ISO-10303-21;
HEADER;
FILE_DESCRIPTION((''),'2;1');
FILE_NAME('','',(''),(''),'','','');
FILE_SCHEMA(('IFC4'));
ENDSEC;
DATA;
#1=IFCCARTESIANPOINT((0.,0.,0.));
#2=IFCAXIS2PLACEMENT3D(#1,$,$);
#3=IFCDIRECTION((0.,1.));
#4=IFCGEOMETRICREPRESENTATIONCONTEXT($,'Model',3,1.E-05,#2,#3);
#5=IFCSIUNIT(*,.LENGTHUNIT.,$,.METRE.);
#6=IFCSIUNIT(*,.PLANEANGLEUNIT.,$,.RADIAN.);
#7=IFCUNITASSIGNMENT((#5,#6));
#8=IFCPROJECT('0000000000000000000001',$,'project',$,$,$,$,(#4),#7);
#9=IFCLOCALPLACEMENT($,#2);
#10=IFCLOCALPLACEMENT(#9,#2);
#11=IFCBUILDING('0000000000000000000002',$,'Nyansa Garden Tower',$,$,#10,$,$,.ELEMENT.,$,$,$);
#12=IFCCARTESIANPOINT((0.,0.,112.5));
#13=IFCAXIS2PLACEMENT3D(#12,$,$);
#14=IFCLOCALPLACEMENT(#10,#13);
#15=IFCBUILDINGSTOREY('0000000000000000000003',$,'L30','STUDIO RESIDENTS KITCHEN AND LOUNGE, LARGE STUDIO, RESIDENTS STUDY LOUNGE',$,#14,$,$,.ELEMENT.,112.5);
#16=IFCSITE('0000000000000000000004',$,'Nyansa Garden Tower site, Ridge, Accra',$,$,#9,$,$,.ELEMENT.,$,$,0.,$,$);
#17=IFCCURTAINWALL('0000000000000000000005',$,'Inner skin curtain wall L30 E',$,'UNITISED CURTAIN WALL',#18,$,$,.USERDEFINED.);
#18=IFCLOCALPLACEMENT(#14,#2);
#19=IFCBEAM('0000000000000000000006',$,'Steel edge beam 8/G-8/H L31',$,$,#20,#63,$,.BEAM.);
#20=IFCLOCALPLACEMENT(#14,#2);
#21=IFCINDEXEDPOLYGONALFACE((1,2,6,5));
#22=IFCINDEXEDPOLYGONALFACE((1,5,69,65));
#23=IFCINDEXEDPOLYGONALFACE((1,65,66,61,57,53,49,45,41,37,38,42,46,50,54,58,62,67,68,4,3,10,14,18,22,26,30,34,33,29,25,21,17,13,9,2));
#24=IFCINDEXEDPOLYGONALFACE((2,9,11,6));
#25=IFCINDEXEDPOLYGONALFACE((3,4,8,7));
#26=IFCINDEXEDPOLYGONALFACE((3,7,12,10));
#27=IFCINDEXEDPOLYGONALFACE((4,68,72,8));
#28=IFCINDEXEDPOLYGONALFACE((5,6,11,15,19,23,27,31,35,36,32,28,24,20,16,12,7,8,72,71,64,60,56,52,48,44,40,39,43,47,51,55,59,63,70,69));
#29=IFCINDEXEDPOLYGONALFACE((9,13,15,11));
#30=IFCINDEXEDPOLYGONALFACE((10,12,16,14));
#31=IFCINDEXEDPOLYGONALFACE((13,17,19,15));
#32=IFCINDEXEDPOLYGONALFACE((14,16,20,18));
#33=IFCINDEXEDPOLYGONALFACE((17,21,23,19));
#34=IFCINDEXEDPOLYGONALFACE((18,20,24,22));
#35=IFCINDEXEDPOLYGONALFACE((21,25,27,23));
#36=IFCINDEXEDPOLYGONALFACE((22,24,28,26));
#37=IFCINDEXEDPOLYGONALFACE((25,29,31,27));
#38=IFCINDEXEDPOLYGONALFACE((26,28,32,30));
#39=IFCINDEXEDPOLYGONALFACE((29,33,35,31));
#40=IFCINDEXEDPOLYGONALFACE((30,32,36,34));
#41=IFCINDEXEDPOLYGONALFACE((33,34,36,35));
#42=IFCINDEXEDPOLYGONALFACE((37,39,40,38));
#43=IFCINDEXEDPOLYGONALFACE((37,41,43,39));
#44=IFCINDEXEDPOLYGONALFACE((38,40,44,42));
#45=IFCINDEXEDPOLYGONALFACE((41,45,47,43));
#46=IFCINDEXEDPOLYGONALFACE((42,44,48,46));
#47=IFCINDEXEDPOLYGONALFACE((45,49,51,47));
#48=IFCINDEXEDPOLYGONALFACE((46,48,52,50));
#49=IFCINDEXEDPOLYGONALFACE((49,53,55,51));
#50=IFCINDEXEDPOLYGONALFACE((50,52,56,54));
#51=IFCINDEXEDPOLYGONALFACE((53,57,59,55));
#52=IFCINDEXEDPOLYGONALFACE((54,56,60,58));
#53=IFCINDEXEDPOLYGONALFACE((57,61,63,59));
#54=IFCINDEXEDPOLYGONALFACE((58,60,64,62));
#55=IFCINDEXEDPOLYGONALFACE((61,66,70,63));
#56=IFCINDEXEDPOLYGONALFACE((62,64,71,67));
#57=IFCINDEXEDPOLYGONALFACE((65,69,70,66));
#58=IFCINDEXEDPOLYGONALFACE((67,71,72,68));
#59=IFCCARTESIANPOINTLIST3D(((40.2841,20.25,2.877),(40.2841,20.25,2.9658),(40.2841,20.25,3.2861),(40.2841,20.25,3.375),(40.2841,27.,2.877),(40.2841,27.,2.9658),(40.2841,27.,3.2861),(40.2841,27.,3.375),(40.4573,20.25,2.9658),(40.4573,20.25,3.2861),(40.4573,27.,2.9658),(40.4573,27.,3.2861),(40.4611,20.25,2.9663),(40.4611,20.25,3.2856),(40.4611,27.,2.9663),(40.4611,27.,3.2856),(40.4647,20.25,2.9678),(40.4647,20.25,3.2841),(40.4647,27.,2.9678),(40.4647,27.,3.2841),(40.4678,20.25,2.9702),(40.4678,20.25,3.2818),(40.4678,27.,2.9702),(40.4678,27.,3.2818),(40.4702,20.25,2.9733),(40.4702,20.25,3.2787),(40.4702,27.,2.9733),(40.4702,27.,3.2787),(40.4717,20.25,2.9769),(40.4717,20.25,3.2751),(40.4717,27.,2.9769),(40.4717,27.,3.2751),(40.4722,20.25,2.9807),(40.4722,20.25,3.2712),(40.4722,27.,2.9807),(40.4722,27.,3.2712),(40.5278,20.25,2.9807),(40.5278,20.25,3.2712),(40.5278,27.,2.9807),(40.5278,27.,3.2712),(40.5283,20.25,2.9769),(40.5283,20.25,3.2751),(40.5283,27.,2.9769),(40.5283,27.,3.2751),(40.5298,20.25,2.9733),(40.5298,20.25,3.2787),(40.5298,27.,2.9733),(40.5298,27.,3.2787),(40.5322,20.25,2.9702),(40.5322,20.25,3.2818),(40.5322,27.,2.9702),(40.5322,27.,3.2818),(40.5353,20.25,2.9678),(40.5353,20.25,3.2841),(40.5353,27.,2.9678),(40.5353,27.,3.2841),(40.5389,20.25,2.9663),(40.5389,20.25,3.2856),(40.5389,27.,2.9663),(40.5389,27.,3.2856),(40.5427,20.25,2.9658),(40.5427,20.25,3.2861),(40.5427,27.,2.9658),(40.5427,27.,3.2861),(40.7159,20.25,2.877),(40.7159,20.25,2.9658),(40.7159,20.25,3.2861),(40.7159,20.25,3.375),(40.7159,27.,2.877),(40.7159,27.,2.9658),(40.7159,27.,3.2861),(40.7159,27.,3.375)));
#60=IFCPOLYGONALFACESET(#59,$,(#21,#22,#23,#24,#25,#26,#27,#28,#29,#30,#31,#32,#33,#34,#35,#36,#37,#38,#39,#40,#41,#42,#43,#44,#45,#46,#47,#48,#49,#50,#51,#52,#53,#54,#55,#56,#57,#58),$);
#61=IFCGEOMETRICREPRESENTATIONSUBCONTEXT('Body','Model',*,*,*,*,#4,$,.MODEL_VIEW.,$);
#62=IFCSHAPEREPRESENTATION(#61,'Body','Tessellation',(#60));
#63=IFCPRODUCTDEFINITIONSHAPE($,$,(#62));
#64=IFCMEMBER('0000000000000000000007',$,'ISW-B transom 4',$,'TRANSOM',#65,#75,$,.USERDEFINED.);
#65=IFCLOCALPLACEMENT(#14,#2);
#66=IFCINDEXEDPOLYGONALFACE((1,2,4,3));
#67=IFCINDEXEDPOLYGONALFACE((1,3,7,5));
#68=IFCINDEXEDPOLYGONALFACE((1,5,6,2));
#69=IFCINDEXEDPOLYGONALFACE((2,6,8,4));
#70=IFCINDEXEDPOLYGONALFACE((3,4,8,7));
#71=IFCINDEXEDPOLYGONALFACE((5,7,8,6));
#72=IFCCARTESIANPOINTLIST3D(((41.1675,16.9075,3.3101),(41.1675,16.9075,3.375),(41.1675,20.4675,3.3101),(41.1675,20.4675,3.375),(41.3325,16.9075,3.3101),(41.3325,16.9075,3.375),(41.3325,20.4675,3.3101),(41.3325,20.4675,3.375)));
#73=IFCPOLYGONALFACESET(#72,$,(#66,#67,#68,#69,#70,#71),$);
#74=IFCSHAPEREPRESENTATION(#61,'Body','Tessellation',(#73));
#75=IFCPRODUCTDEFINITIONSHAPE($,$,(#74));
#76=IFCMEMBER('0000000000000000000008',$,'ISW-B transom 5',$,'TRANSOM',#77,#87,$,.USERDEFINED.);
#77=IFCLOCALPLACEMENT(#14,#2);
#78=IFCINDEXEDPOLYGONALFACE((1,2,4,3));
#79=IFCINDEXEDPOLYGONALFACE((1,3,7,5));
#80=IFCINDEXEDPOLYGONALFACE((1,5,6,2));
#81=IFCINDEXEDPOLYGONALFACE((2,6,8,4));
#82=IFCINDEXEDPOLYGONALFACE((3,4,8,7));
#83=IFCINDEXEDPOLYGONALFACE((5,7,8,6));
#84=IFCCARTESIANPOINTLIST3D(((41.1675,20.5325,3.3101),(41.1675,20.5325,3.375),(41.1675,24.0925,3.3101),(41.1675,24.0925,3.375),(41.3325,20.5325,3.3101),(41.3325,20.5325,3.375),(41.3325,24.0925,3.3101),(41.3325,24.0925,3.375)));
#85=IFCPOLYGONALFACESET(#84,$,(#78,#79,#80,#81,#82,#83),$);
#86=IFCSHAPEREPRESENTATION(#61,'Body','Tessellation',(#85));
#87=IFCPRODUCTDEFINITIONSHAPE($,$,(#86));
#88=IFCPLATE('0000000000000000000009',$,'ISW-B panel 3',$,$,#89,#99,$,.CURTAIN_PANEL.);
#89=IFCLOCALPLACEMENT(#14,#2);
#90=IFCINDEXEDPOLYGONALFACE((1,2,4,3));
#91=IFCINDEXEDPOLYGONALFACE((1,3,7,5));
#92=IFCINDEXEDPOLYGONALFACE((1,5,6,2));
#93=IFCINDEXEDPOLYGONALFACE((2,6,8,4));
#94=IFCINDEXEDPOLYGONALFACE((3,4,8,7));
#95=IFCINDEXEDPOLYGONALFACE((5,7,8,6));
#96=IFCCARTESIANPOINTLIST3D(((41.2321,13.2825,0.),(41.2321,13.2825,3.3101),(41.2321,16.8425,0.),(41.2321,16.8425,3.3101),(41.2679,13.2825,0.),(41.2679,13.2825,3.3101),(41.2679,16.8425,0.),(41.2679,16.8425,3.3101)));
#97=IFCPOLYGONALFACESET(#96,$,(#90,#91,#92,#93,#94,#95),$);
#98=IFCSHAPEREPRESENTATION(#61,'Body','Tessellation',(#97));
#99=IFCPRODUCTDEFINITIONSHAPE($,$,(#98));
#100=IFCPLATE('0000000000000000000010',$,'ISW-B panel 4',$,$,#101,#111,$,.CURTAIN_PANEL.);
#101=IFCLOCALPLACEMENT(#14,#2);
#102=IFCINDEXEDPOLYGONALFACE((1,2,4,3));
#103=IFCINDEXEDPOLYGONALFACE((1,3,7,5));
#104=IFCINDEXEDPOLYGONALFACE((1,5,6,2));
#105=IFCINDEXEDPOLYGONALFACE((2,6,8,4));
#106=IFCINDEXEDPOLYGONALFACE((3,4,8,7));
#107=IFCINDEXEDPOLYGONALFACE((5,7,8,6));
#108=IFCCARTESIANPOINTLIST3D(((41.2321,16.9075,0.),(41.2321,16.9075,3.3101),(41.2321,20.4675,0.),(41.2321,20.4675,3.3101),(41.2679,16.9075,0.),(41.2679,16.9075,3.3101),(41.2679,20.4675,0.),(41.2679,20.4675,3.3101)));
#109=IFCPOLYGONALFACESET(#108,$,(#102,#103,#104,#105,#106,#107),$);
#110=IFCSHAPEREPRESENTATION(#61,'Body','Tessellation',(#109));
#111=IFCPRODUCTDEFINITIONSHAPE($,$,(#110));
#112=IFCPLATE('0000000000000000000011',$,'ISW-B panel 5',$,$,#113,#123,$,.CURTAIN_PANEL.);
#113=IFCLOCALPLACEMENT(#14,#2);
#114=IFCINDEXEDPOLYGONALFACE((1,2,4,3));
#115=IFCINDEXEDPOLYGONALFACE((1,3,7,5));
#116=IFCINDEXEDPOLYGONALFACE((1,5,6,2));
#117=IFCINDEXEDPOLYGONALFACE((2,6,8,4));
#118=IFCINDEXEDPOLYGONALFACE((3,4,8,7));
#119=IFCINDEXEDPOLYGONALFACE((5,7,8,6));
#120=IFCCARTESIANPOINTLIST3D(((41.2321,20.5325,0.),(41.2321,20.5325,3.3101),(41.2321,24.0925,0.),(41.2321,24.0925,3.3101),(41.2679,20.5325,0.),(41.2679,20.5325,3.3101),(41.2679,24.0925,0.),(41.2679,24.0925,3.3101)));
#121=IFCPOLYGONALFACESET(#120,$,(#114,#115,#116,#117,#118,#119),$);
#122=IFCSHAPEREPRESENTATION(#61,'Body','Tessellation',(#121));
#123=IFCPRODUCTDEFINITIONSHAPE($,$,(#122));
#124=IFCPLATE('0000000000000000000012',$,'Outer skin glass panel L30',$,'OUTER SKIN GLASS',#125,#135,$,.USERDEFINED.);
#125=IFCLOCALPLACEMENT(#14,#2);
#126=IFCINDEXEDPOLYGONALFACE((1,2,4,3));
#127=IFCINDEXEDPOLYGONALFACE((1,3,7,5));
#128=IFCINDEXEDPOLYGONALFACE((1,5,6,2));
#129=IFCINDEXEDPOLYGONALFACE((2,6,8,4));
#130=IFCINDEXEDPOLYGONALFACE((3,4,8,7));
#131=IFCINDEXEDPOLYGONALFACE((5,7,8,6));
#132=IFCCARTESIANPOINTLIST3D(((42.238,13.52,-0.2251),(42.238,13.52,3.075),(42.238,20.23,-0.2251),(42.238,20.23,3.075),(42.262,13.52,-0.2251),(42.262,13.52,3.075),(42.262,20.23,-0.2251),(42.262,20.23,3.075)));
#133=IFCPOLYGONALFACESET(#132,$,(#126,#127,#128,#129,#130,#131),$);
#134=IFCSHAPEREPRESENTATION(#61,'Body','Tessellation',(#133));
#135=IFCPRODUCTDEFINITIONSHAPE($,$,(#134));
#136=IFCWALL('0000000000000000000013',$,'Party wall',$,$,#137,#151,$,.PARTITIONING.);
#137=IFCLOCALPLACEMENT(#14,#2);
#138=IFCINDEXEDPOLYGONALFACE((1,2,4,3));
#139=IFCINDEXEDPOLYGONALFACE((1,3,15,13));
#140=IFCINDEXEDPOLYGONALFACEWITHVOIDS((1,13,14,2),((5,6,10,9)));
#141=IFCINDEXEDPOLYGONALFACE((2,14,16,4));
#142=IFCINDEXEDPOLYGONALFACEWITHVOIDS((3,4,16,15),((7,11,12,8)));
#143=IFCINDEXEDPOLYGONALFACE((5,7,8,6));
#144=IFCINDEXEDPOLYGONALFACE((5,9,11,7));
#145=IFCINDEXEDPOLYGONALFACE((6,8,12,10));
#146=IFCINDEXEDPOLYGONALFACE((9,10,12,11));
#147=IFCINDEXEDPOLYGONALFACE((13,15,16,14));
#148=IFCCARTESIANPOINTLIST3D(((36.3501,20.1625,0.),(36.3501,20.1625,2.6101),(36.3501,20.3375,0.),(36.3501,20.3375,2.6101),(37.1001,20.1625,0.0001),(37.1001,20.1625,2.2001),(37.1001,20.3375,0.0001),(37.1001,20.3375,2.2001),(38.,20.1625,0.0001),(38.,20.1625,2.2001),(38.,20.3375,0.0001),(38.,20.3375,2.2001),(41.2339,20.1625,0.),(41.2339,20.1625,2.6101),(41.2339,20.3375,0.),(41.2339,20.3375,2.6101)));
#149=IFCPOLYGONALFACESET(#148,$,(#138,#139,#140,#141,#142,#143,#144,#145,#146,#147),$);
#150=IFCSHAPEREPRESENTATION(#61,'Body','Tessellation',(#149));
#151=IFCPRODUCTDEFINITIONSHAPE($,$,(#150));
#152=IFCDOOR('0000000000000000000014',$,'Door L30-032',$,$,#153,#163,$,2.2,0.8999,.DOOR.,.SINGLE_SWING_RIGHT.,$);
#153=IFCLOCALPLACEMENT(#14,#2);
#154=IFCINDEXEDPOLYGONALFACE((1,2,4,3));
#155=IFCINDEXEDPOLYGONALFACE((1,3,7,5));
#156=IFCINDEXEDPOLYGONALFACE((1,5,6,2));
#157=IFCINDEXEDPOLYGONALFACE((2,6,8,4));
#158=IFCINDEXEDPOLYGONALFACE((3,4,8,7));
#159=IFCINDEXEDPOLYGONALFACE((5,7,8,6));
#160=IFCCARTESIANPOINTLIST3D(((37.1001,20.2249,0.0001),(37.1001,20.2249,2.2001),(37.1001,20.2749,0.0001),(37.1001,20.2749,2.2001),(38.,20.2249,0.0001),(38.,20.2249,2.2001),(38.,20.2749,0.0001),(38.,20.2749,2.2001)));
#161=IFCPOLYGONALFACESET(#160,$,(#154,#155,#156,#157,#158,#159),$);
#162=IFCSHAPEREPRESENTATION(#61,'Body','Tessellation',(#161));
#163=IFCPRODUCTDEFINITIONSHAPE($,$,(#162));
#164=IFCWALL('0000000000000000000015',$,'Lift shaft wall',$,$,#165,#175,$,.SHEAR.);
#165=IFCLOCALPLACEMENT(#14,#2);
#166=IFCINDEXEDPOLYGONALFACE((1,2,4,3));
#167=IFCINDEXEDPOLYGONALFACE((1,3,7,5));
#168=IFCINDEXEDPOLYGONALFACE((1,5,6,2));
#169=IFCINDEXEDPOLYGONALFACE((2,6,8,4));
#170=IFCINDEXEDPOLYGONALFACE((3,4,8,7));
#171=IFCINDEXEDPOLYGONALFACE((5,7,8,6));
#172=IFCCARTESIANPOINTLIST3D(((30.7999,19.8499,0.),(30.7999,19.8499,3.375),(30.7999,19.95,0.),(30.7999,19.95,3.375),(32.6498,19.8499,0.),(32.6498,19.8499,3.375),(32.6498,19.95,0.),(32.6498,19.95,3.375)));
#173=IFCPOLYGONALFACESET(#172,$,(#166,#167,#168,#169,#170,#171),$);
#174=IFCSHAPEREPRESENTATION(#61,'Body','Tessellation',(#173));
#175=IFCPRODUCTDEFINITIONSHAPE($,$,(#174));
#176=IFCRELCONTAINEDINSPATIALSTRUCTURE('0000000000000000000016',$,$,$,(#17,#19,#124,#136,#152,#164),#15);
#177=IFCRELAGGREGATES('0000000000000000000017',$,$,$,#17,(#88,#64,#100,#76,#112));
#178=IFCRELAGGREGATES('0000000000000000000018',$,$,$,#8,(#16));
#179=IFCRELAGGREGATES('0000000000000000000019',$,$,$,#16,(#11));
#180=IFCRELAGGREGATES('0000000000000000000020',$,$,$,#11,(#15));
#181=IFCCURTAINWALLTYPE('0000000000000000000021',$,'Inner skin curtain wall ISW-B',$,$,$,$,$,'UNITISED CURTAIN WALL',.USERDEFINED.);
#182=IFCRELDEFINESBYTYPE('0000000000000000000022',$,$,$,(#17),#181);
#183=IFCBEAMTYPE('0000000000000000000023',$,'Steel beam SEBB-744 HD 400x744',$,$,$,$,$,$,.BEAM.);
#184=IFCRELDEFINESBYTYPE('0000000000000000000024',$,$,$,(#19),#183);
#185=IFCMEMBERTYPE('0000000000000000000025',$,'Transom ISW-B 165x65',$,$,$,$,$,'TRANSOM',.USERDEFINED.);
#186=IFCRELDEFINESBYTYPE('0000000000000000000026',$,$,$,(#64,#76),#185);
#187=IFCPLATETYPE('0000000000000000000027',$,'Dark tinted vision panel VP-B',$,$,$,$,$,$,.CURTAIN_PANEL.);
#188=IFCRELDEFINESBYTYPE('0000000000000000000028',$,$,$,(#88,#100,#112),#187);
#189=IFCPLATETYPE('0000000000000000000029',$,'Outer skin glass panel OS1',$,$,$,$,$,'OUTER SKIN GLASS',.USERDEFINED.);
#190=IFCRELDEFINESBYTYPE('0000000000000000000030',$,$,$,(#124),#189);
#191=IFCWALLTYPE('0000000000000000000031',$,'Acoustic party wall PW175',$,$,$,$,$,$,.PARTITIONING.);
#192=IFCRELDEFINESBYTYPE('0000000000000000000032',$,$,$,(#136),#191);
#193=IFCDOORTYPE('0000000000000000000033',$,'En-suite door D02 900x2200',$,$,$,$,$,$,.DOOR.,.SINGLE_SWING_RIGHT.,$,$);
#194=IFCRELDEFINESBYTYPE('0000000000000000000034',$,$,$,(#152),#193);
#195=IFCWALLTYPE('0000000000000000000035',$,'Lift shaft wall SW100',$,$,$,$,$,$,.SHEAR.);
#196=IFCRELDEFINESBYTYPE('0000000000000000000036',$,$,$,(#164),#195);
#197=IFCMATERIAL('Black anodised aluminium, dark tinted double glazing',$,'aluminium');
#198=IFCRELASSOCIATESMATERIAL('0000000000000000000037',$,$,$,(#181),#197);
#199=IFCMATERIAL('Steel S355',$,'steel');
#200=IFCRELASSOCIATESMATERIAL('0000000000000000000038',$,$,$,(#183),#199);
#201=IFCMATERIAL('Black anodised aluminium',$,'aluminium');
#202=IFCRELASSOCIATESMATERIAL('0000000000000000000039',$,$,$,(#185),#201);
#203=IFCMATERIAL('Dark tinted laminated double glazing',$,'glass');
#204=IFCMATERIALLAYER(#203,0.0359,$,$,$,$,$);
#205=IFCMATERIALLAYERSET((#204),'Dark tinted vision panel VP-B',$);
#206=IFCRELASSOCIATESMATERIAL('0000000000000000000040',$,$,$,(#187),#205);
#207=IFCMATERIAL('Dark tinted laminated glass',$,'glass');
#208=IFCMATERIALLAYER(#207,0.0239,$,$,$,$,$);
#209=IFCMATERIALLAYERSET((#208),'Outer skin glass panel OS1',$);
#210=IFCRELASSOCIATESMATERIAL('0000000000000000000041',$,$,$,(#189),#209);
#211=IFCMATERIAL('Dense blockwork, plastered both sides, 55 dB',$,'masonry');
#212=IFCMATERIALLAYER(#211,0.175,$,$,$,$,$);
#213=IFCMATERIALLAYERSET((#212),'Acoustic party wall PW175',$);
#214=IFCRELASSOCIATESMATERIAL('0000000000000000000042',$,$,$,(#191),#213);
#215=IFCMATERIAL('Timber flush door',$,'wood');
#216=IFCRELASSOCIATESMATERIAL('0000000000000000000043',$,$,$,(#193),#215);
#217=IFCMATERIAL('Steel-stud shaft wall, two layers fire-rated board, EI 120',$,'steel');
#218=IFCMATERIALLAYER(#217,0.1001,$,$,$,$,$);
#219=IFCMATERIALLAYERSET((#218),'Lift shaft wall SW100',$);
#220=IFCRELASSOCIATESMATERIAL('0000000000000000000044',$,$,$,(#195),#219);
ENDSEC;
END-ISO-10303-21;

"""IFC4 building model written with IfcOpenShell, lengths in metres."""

from ifc_helpers import new_model, si_unit, direction, frame, frame_2d, origin, origin_2d, place, context, subcontext, project, spatial, rectangle, i_section, extrude, material, layer, layer_set, material_profile, profile_set, type_object, element, fill, aggregate, save


model = new_model("IFC4")

# Units and contexts
model_context = context("Model", 3, precision=1e-05, world=origin(), true_north=direction((0.0, 1.0)))
body_context = subcontext(model_context, "Body", "Model", "MODEL_VIEW")
ifc_project = project(units=[si_unit("LENGTHUNIT", "METRE"), si_unit("PLANEANGLEUNIT", "RADIAN")], contexts=[model_context])

# Site, building, storey
site_placement = place(None, origin())
site = spatial("IfcSite", under=ifc_project, at=site_placement, Name="Nyansa Garden Tower site, Ridge, Accra", CompositionType="ELEMENT", RefElevation=0.0)
building_placement = place(site_placement, origin())
building = spatial("IfcBuilding", under=site, at=building_placement, Name="Nyansa Garden Tower", CompositionType="ELEMENT")
storey_placement = place(building_placement, frame((0.0, 0.0, 112.5)))
storey = spatial("IfcBuildingStorey", under=building, at=storey_placement, Name="L30", Description="STUDIO RESIDENTS KITCHEN AND LOUNGE, LARGE STUDIO, RESIDENTS STUDY LOUNGE", CompositionType="ELEMENT", Elevation=112.5)

# Curtain wall
ifc_material_1 = material(Name="Black anodised aluminium, dark tinted double glazing", Category="aluminium")
curtain_wall_type = type_object("IfcCurtainWallType", Name="Inner skin curtain wall ISW-B", ElementType="UNITISED CURTAIN WALL", PredefinedType="USERDEFINED", material=ifc_material_1)
curtain_wall_placement = place(storey_placement, origin())
curtain_wall = element("IfcCurtainWall", 1, at=curtain_wall_placement, inside=storey, type_object=curtain_wall_type, Name="Inner skin curtain wall L30 E", ObjectType="UNITISED CURTAIN WALL", PredefinedType="USERDEFINED")

# Beam
ifc_material_2 = material(Name="Steel S355", Category="steel")
ifc_material_profile_1 = material_profile(ifc_material_2, i_section(OverallWidth=0.4319, OverallDepth=0.498, WebThickness=0.0557, FlangeThickness=0.0889, FilletRadius=0.0149, at=origin_2d()), Name="HD 400x744")
ifc_profile_set_1 = profile_set([ifc_material_profile_1], Name="Steel S355")
beam_type_1 = type_object("IfcBeamType", Name="Steel beam SEBB-744 HD 400x744", PredefinedType="BEAM", material=ifc_profile_set_1)
beam_1_placement = place(storey_placement, frame((40.5, 20.25, 3.126), z_axis=(0.0, 1.0, 0.0), x_axis=(-1.0, 0.0, 0.0)))
element("IfcBeam", 2, at=beam_1_placement, inside=storey, type_object=beam_type_1, Name="Steel edge beam 8/G-8/H L31", PredefinedType="BEAM", context=body_context, shape_type="SweptSolid", body=[
    extrude(i_section(OverallWidth=0.4319, OverallDepth=0.498, WebThickness=0.0557, FlangeThickness=0.0889, FilletRadius=0.0149, at=origin_2d()), origin(), (0.0, 0.0, 1.0), 6.75),
])

# Members
ifc_material_3 = material(Name="Black anodised aluminium", Category="aluminium")
ifc_material_profile_2 = material_profile(ifc_material_3, rectangle(XDim=0.165, YDim=0.0649, at=origin_2d()), Name="Transom 165x65")
ifc_profile_set_2 = profile_set([ifc_material_profile_2], Name="Black anodised aluminium")
member_type_1 = type_object("IfcMemberType", Name="Transom ISW-B 165x65", ElementType="TRANSOM", PredefinedType="USERDEFINED", material=ifc_profile_set_2)
member_1_placement = place(storey_placement, frame((41.25, 16.9075, 3.3425), z_axis=(0.0, 1.0, 0.0), x_axis=(-1.0, 0.0, 0.0)))
member_1 = element("IfcMember", 3, at=member_1_placement, type_object=member_type_1, Name="ISW-B transom 4", ObjectType="TRANSOM", PredefinedType="USERDEFINED", context=body_context, shape_type="SweptSolid", body=[
    extrude(rectangle(XDim=0.165, YDim=0.0649, at=origin_2d()), origin(), (0.0, 0.0, 1.0), 3.5601),
])
member_2_placement = place(storey_placement, frame((41.25, 20.5325, 3.3425), z_axis=(0.0, 1.0, 0.0), x_axis=(-1.0, 0.0, 0.0)))
member_2 = element("IfcMember", 4, at=member_2_placement, type_object=member_type_1, Name="ISW-B transom 5", ObjectType="TRANSOM", PredefinedType="USERDEFINED", context=body_context, shape_type="SweptSolid", body=[
    extrude(rectangle(XDim=0.165, YDim=0.0649, at=origin_2d()), origin(), (0.0, 0.0, 1.0), 3.5601),
])

# Plates
ifc_material_4 = material(Name="Dark tinted laminated double glazing", Category="glass")
ifc_layer_1 = layer(ifc_material_4, 0.0359)
ifc_layer_set_1 = layer_set([ifc_layer_1], Name="Dark tinted vision panel VP-B")
plate_type_1 = type_object("IfcPlateType", Name="Dark tinted vision panel VP-B", PredefinedType="CURTAIN_PANEL", material=ifc_layer_set_1)
plate_1_placement = place(storey_placement, frame((41.25, 15.0625, 0.0), z_axis=(0.0, 0.0, 1.0), x_axis=(0.0, 1.0, 0.0)))
plate_1 = element("IfcPlate", 5, at=plate_1_placement, type_object=plate_type_1, Name="ISW-B panel 3", PredefinedType="CURTAIN_PANEL", context=body_context, shape_type="SweptSolid", body=[
    extrude(rectangle(XDim=3.5601, YDim=0.0359, at=origin_2d()), origin(), (0.0, 0.0, 1.0), 3.3101),
])
plate_2_placement = place(storey_placement, frame((41.25, 18.6875, 0.0), z_axis=(0.0, 0.0, 1.0), x_axis=(0.0, 1.0, 0.0)))
plate_2 = element("IfcPlate", 6, at=plate_2_placement, type_object=plate_type_1, Name="ISW-B panel 4", PredefinedType="CURTAIN_PANEL", context=body_context, shape_type="SweptSolid", body=[
    extrude(rectangle(XDim=3.5601, YDim=0.0359, at=origin_2d()), origin(), (0.0, 0.0, 1.0), 3.3101),
])
plate_3_placement = place(storey_placement, frame((41.25, 22.3125, 0.0), z_axis=(0.0, 0.0, 1.0), x_axis=(0.0, 1.0, 0.0)))
plate_3 = element("IfcPlate", 7, at=plate_3_placement, type_object=plate_type_1, Name="ISW-B panel 5", PredefinedType="CURTAIN_PANEL", context=body_context, shape_type="SweptSolid", body=[
    extrude(rectangle(XDim=3.5601, YDim=0.0359, at=origin_2d()), origin(), (0.0, 0.0, 1.0), 3.3101),
])
aggregate(curtain_wall, [plate_1, member_1, plate_2, member_2, plate_3])
ifc_material_5 = material(Name="Dark tinted laminated glass", Category="glass")
ifc_layer_2 = layer(ifc_material_5, 0.0239)
ifc_layer_set_2 = layer_set([ifc_layer_2], Name="Outer skin glass panel OS1")
plate_type_2 = type_object("IfcPlateType", Name="Outer skin glass panel OS1", ElementType="OUTER SKIN GLASS", PredefinedType="USERDEFINED", material=ifc_layer_set_2)
plate_4_placement = place(storey_placement, frame((42.25, 16.875, -0.2251), z_axis=(0.0, 0.0, 1.0), x_axis=(0.0, 1.0, 0.0)))
element("IfcPlate", 8, at=plate_4_placement, inside=storey, type_object=plate_type_2, Name="Outer skin glass panel L30", ObjectType="OUTER SKIN GLASS", PredefinedType="USERDEFINED", context=body_context, shape_type="SweptSolid", body=[
    extrude(rectangle(XDim=6.71, YDim=0.0239, at=origin_2d()), origin(), (0.0, 0.0, 1.0), 3.3),
])

# Wall, opening, door
ifc_material_6 = material(Name="Dense blockwork, plastered both sides, 55 dB", Category="masonry")
ifc_layer_3 = layer(ifc_material_6, 0.175)
ifc_layer_set_3 = layer_set([ifc_layer_3], Name="Acoustic party wall PW175")
wall_type_1 = type_object("IfcWallType", Name="Acoustic party wall PW175", PredefinedType="PARTITIONING", material=ifc_layer_set_3)
wall_1_placement = place(storey_placement, frame((36.3501, 20.25, 0.0), z_axis=(0.0, 0.0, 1.0), x_axis=(1.0, 0.0, 0.0)))
wall_1 = element("IfcWall", 9, at=wall_1_placement, inside=storey, type_object=wall_type_1, Name="Party wall", PredefinedType="PARTITIONING", context=body_context, shape_type="SweptSolid", body=[
    extrude(rectangle(XDim=4.8838, YDim=0.175, at=frame_2d((2.4419, 0.0))), origin(), (0.0, 0.0, 1.0), 2.6101),
])
opening_placement = place(wall_1_placement, frame((0.75, 0.0, 0.0)))
opening = element("IfcOpeningElement", 10, at=opening_placement, cuts=wall_1, PredefinedType="OPENING", context=body_context, shape_type="SweptSolid", body=[
    extrude(rectangle(XDim=0.8999, YDim=2.2, at=frame_2d((0.45, 1.1001))), frame((0.0, 0.0974, 0.0), z_axis=(0.0, -1.0, 0.0), x_axis=(1.0, 0.0, 0.0)), (0.0, 0.0, 1.0), 0.1951),
])
ifc_material_7 = material(Name="Timber flush door", Category="wood")
door_type = type_object("IfcDoorType", Name="En-suite door D02 900x2200", OperationType="SINGLE_SWING_RIGHT", PredefinedType="DOOR", material=ifc_material_7)
door_placement = place(opening_placement, origin())
door = element("IfcDoor", 11, at=door_placement, inside=storey, type_object=door_type, Name="Door L30-032", OperationType="SINGLE_SWING_RIGHT", OverallHeight=2.2, OverallWidth=0.8999, PredefinedType="DOOR", context=body_context, shape_type="SweptSolid", body=[
    extrude(rectangle(XDim=0.8999, YDim=2.2, at=frame_2d((0.45, 1.1001))), frame((0.0, 0.0249, 0.0), z_axis=(0.0, -1.0, 0.0), x_axis=(1.0, 0.0, 0.0)), (0.0, 0.0, 1.0), 0.05),
])
fill(opening, door)

# Wall
ifc_material_8 = material(Name="Steel-stud shaft wall, two layers fire-rated board, EI 120", Category="steel")
ifc_layer_4 = layer(ifc_material_8, 0.1001)
ifc_layer_set_4 = layer_set([ifc_layer_4], Name="Lift shaft wall SW100")
wall_type_2 = type_object("IfcWallType", Name="Lift shaft wall SW100", PredefinedType="SHEAR", material=ifc_layer_set_4)
for number, where, z_axis, x_axis, name in (
    (12, (30.8, 19.8999, 0.0), (0.0, 0.0, 1.0), (1.0, 0.0, 0.0), "Lift shaft wall"),
):
    element("IfcWall", number, at=place(storey_placement, frame(where, z_axis=z_axis, x_axis=x_axis)), inside=storey, type_object=wall_type_2, Name=name, PredefinedType="SHEAR", context=body_context, shape_type="SweptSolid", body=[
        extrude(rectangle(XDim=1.8499, YDim=0.1001, at=frame_2d((0.9248, 0.0))), origin(), (0.0, 0.0, 1.0), 3.375),
    ])

save(model, "model.ifc")
